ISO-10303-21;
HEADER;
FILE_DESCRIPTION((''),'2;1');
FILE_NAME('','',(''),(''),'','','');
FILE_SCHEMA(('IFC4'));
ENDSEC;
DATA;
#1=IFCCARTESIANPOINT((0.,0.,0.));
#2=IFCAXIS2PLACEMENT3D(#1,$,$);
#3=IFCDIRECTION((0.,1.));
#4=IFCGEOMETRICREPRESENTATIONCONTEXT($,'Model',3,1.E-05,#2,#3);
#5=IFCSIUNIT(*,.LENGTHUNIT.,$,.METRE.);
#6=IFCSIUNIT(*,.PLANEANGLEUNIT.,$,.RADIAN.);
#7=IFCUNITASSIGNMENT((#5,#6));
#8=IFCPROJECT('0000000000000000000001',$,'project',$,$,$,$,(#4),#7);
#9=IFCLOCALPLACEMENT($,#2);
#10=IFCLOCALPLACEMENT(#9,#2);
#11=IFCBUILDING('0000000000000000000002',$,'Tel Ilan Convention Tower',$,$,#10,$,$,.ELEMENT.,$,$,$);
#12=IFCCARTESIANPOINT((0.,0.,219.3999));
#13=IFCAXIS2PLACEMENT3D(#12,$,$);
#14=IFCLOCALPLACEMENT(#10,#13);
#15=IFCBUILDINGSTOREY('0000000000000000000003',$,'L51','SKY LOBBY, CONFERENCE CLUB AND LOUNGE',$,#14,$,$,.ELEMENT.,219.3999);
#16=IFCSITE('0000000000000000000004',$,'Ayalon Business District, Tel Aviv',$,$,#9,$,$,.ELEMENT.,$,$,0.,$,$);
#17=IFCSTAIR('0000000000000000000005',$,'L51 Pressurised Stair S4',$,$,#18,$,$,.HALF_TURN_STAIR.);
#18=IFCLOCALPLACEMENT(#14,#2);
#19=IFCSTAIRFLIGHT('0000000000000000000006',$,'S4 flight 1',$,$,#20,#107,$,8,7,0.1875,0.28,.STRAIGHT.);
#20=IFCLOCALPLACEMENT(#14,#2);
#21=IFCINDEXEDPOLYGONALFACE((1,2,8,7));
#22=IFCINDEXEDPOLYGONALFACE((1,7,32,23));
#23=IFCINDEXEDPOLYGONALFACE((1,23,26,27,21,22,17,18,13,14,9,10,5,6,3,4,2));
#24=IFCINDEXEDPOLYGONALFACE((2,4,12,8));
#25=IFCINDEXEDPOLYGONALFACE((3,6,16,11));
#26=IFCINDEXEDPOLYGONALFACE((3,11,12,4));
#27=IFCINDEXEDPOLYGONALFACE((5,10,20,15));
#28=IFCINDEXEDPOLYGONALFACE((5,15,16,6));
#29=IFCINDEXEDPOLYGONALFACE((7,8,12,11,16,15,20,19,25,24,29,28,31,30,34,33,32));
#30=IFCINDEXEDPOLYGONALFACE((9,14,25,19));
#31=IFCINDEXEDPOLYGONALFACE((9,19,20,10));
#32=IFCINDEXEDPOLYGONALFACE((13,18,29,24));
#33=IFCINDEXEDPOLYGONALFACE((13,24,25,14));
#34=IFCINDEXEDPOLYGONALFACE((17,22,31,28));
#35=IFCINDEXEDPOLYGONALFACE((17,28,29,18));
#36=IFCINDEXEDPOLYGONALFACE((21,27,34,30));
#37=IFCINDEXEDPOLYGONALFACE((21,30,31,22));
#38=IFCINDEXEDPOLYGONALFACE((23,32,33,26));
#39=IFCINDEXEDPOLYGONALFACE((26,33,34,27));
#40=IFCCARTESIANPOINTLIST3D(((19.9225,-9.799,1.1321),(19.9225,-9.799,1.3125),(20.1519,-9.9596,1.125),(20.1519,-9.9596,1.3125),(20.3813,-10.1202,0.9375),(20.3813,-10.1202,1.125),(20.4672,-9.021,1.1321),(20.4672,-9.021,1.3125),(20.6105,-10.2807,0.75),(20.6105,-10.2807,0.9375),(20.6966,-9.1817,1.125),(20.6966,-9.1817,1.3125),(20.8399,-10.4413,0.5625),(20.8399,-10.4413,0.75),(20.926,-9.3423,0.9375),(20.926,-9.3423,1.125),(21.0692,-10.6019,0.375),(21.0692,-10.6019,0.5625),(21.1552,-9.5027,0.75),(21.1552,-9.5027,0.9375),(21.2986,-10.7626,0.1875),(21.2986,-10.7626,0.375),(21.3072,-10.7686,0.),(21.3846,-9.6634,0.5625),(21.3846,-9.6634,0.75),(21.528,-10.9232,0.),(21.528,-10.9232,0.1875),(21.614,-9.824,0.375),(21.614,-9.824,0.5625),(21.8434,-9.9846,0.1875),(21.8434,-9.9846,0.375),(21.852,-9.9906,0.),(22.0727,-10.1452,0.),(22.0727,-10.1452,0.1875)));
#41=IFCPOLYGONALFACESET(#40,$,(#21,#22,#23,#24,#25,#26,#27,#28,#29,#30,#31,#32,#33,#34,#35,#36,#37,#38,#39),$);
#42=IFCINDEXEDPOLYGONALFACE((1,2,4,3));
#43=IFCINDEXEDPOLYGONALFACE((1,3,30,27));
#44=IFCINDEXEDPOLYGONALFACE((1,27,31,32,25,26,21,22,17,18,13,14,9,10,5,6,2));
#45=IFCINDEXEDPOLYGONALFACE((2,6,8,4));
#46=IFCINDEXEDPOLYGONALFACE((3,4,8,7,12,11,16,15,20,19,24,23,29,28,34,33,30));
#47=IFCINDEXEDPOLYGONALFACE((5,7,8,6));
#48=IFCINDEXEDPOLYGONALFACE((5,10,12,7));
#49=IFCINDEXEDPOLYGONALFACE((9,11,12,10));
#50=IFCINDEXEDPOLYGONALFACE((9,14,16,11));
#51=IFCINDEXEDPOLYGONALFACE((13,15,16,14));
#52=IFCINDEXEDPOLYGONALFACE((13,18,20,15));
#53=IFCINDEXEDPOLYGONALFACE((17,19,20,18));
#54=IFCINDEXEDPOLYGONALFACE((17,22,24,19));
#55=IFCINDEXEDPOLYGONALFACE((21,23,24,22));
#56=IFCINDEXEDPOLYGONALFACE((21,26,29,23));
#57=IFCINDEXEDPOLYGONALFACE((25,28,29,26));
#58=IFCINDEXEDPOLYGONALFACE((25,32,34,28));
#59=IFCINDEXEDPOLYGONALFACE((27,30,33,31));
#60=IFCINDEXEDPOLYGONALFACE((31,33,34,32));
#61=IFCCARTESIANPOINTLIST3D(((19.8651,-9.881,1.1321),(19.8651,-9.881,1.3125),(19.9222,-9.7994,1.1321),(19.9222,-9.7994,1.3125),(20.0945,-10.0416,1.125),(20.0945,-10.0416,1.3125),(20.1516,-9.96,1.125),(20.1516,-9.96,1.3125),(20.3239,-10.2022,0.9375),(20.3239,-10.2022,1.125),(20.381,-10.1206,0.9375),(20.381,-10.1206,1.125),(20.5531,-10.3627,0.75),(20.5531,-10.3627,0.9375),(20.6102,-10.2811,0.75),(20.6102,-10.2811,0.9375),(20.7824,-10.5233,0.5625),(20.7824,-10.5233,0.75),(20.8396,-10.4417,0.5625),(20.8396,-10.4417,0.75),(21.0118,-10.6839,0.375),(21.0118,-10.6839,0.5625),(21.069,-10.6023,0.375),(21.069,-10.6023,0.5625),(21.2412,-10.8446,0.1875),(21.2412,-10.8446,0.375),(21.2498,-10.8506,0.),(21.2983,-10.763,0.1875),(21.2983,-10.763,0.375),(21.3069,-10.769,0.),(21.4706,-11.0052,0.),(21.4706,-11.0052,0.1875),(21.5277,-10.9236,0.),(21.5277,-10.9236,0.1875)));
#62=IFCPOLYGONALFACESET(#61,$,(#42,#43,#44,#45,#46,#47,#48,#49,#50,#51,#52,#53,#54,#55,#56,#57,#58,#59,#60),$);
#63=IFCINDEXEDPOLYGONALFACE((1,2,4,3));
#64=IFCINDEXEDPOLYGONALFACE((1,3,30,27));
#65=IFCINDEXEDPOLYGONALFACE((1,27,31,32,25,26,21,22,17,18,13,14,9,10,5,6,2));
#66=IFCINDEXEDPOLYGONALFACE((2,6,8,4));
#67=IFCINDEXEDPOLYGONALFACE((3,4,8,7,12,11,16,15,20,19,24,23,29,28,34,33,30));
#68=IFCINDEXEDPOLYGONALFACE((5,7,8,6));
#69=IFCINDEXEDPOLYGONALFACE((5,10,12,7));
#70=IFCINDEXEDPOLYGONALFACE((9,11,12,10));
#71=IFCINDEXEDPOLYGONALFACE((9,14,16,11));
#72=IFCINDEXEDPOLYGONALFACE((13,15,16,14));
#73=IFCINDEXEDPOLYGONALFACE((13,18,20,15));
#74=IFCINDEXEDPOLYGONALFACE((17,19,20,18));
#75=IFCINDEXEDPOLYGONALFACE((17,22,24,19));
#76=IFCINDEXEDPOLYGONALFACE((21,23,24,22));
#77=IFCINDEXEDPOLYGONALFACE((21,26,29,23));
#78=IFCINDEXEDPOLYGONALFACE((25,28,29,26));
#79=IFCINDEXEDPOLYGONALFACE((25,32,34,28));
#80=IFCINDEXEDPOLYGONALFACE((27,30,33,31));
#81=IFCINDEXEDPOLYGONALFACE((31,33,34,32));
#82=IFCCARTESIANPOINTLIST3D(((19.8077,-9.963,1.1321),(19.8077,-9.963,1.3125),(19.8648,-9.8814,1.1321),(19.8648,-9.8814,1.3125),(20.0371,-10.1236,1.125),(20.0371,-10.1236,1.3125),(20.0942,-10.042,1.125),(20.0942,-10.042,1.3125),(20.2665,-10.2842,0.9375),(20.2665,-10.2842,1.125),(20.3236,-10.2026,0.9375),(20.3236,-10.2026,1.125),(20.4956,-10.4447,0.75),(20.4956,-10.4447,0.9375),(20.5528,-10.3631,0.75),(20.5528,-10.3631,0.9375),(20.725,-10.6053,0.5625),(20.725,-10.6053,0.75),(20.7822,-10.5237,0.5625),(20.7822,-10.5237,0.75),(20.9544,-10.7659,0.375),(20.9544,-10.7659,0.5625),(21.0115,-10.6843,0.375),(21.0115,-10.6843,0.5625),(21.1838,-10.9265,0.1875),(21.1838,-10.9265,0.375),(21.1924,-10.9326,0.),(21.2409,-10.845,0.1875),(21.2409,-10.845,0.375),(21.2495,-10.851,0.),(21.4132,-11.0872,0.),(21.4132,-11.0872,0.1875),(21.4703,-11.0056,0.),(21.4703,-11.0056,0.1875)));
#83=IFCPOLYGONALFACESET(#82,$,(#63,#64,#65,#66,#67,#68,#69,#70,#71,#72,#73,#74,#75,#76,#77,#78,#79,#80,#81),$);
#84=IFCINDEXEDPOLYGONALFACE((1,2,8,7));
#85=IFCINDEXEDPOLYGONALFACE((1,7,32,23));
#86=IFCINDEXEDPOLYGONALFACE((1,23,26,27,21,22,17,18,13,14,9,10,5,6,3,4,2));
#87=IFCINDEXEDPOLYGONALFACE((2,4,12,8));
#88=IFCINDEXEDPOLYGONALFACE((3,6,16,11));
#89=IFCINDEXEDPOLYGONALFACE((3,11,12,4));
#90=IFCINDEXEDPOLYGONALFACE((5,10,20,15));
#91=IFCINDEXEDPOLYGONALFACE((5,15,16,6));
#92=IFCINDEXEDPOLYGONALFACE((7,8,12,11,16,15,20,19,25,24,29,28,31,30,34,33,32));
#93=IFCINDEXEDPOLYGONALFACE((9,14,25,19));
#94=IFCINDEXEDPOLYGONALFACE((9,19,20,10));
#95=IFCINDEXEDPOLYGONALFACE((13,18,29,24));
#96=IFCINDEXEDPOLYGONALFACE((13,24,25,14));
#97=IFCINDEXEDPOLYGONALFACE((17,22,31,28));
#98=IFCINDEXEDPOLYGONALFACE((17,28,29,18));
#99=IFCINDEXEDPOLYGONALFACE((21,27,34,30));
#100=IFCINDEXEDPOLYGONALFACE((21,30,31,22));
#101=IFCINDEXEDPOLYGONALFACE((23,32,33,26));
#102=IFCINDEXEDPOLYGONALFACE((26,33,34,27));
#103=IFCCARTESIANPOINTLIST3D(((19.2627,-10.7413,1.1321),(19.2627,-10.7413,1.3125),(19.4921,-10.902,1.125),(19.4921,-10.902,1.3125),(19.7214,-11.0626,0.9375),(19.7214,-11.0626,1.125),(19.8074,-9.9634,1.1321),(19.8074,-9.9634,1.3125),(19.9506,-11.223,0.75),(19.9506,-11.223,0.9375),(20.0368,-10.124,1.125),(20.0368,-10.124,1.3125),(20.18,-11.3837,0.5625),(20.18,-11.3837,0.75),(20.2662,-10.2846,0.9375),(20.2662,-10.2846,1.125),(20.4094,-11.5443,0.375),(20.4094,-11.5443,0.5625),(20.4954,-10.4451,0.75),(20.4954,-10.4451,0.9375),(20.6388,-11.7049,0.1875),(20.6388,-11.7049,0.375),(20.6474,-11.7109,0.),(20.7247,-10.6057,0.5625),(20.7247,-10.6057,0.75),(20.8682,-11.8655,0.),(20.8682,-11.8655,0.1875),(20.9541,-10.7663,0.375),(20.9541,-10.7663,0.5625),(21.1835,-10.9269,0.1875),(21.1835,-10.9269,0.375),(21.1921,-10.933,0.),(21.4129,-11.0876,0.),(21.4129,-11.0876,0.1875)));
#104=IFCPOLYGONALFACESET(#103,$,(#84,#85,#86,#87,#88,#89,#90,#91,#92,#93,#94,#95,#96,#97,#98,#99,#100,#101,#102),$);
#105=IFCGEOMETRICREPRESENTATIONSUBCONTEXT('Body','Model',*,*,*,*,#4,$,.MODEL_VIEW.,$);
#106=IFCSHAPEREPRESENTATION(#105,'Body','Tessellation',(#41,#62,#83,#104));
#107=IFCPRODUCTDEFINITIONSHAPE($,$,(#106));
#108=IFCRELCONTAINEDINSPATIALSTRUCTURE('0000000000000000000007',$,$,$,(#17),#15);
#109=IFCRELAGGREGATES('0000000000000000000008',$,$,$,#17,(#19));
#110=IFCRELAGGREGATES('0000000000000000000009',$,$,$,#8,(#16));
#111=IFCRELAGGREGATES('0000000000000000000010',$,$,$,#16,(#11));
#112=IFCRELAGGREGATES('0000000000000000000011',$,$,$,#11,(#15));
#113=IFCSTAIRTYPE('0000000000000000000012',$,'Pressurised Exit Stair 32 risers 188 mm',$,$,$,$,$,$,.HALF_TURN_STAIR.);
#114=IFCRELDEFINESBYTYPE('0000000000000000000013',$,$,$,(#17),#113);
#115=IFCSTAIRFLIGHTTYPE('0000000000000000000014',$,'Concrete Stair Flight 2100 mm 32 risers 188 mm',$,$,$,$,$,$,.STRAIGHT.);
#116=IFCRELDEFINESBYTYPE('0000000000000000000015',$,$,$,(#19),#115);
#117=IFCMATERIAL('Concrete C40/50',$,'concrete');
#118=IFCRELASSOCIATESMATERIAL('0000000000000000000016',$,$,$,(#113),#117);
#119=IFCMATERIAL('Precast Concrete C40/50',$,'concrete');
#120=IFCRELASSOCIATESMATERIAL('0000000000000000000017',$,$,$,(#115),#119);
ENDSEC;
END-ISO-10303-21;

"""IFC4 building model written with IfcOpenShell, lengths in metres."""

from ifc_helpers import new_model, si_unit, direction, frame, origin, place, context, subcontext, project, spatial, polyline, outline, extrude, material, type_object, element, aggregate, save


model = new_model("IFC4")

# Units and contexts
model_context = context("Model", 3, precision=1e-05, world=origin(), true_north=direction((0.0, 1.0)))
body_context = subcontext(model_context, "Body", "Model", "MODEL_VIEW")
ifc_project = project(units=[si_unit("LENGTHUNIT", "METRE"), si_unit("PLANEANGLEUNIT", "RADIAN")], contexts=[model_context])

# Site, building, storey
site_placement = place(None, origin())
site = spatial("IfcSite", under=ifc_project, at=site_placement, Name="Ayalon Business District, Tel Aviv", CompositionType="ELEMENT", RefElevation=0.0)
building_placement = place(site_placement, origin())
building = spatial("IfcBuilding", under=site, at=building_placement, Name="Tel Ilan Convention Tower", CompositionType="ELEMENT")
storey_placement = place(building_placement, frame((0.0, 0.0, 219.3999)))
storey = spatial("IfcBuildingStorey", under=building, at=storey_placement, Name="L51", Description="SKY LOBBY, CONFERENCE CLUB AND LOUNGE", CompositionType="ELEMENT", Elevation=219.3999)

# Stair, stair flight
ifc_material_1 = material(Name="Concrete C40/50", Category="concrete")
stair_type = type_object("IfcStairType", Name="Pressurised Exit Stair 32 risers 188 mm", PredefinedType="HALF_TURN_STAIR", material=ifc_material_1)
ifc_material_2 = material(Name="Precast Concrete C40/50", Category="concrete")
stair_flight_type = type_object("IfcStairFlightType", Name="Concrete Stair Flight 2100 mm 32 risers 188 mm", PredefinedType="STRAIGHT", material=ifc_material_2)
stair_1_placement = place(storey_placement, origin())
stair_1 = element("IfcStair", 1, at=stair_1_placement, inside=storey, type_object=stair_type, Name="L51 Pressurised Stair S4", PredefinedType="HALF_TURN_STAIR")
stair_flight_1_placement = place(storey_placement, frame((21.4705, -11.0054, 0.0), z_axis=(0.0, 0.0, 1.0), x_axis=(-0.819152, 0.573576, 0.0)))
stair_flight_1 = element("IfcStairFlight", 2, at=stair_flight_1_placement, type_object=stair_flight_type, Name="S4 flight 1", NumberOfRisers=8, NumberOfTreads=7, PredefinedType="STRAIGHT", RiserHeight=0.1875, TreadLength=0.28, context=body_context, shape_type="SweptSolid", body=[
    extrude(outline(polyline([(0.0, 0.0), (0.0, 0.1875), (0.28, 0.1875), (0.28, 0.375), (0.5601, 0.375), (0.5601, 0.5625), (0.8401, 0.5625), (0.8401, 0.75), (1.1201, 0.75), (1.1201, 0.9375), (1.3999, 0.9375), (1.3999, 1.125), (1.6799, 1.125), (1.6799, 1.3125), (1.96, 1.3125), (1.96, 1.5), (1.96, 1.1321), (0.2695, 0.0), (0.0, 0.0)])), frame((0.0, -0.1003, 0.0), z_axis=(0.0, -1.0, 0.0), x_axis=(1.0, 0.0, 0.0)), (0.0, 0.0, 1.0), 0.9497),
    extrude(outline(polyline([(0.0, 0.0), (0.0, 0.1875), (0.28, 0.1875), (0.28, 0.375), (0.5601, 0.375), (0.5601, 0.5625), (0.8401, 0.5625), (0.8401, 0.75), (1.1201, 0.75), (1.1201, 0.9375), (1.3999, 0.9375), (1.3999, 1.125), (1.6799, 1.125), (1.6799, 1.3125), (1.96, 1.3125), (1.96, 1.5), (1.96, 1.1321), (0.2695, 0.0), (0.0, 0.0)])), frame((0.0, -0.0002, 0.0), z_axis=(0.0, -1.0, 0.0), x_axis=(1.0, 0.0, 0.0)), (0.0, 0.0, 1.0), 0.0996),
    extrude(outline(polyline([(0.0, 0.0), (0.0, 0.1875), (0.28, 0.1875), (0.28, 0.375), (0.5601, 0.375), (0.5601, 0.5625), (0.8401, 0.5625), (0.8401, 0.75), (1.1201, 0.75), (1.1201, 0.9375), (1.3999, 0.9375), (1.3999, 1.125), (1.6799, 1.125), (1.6799, 1.3125), (1.96, 1.3125), (1.96, 1.5), (1.96, 1.1321), (0.2695, 0.0), (0.0, 0.0)])), frame((0.0, 0.0999, 0.0), z_axis=(0.0, -1.0, 0.0), x_axis=(1.0, 0.0, 0.0)), (0.0, 0.0, 1.0), 0.0996),
    extrude(outline(polyline([(0.0, 0.0), (0.0, 0.1875), (0.28, 0.1875), (0.28, 0.375), (0.5601, 0.375), (0.5601, 0.5625), (0.8401, 0.5625), (0.8401, 0.75), (1.1201, 0.75), (1.1201, 0.9375), (1.3999, 0.9375), (1.3999, 1.125), (1.6799, 1.125), (1.6799, 1.3125), (1.96, 1.3125), (1.96, 1.5), (1.96, 1.1321), (0.2695, 0.0), (0.0, 0.0)])), frame((0.0, 1.05, 0.0), z_axis=(0.0, -1.0, 0.0), x_axis=(1.0, 0.0, 0.0)), (0.0, 0.0, 1.0), 0.9497),
])
aggregate(stair_1, [stair_flight_1])

save(model, "model.ifc")
